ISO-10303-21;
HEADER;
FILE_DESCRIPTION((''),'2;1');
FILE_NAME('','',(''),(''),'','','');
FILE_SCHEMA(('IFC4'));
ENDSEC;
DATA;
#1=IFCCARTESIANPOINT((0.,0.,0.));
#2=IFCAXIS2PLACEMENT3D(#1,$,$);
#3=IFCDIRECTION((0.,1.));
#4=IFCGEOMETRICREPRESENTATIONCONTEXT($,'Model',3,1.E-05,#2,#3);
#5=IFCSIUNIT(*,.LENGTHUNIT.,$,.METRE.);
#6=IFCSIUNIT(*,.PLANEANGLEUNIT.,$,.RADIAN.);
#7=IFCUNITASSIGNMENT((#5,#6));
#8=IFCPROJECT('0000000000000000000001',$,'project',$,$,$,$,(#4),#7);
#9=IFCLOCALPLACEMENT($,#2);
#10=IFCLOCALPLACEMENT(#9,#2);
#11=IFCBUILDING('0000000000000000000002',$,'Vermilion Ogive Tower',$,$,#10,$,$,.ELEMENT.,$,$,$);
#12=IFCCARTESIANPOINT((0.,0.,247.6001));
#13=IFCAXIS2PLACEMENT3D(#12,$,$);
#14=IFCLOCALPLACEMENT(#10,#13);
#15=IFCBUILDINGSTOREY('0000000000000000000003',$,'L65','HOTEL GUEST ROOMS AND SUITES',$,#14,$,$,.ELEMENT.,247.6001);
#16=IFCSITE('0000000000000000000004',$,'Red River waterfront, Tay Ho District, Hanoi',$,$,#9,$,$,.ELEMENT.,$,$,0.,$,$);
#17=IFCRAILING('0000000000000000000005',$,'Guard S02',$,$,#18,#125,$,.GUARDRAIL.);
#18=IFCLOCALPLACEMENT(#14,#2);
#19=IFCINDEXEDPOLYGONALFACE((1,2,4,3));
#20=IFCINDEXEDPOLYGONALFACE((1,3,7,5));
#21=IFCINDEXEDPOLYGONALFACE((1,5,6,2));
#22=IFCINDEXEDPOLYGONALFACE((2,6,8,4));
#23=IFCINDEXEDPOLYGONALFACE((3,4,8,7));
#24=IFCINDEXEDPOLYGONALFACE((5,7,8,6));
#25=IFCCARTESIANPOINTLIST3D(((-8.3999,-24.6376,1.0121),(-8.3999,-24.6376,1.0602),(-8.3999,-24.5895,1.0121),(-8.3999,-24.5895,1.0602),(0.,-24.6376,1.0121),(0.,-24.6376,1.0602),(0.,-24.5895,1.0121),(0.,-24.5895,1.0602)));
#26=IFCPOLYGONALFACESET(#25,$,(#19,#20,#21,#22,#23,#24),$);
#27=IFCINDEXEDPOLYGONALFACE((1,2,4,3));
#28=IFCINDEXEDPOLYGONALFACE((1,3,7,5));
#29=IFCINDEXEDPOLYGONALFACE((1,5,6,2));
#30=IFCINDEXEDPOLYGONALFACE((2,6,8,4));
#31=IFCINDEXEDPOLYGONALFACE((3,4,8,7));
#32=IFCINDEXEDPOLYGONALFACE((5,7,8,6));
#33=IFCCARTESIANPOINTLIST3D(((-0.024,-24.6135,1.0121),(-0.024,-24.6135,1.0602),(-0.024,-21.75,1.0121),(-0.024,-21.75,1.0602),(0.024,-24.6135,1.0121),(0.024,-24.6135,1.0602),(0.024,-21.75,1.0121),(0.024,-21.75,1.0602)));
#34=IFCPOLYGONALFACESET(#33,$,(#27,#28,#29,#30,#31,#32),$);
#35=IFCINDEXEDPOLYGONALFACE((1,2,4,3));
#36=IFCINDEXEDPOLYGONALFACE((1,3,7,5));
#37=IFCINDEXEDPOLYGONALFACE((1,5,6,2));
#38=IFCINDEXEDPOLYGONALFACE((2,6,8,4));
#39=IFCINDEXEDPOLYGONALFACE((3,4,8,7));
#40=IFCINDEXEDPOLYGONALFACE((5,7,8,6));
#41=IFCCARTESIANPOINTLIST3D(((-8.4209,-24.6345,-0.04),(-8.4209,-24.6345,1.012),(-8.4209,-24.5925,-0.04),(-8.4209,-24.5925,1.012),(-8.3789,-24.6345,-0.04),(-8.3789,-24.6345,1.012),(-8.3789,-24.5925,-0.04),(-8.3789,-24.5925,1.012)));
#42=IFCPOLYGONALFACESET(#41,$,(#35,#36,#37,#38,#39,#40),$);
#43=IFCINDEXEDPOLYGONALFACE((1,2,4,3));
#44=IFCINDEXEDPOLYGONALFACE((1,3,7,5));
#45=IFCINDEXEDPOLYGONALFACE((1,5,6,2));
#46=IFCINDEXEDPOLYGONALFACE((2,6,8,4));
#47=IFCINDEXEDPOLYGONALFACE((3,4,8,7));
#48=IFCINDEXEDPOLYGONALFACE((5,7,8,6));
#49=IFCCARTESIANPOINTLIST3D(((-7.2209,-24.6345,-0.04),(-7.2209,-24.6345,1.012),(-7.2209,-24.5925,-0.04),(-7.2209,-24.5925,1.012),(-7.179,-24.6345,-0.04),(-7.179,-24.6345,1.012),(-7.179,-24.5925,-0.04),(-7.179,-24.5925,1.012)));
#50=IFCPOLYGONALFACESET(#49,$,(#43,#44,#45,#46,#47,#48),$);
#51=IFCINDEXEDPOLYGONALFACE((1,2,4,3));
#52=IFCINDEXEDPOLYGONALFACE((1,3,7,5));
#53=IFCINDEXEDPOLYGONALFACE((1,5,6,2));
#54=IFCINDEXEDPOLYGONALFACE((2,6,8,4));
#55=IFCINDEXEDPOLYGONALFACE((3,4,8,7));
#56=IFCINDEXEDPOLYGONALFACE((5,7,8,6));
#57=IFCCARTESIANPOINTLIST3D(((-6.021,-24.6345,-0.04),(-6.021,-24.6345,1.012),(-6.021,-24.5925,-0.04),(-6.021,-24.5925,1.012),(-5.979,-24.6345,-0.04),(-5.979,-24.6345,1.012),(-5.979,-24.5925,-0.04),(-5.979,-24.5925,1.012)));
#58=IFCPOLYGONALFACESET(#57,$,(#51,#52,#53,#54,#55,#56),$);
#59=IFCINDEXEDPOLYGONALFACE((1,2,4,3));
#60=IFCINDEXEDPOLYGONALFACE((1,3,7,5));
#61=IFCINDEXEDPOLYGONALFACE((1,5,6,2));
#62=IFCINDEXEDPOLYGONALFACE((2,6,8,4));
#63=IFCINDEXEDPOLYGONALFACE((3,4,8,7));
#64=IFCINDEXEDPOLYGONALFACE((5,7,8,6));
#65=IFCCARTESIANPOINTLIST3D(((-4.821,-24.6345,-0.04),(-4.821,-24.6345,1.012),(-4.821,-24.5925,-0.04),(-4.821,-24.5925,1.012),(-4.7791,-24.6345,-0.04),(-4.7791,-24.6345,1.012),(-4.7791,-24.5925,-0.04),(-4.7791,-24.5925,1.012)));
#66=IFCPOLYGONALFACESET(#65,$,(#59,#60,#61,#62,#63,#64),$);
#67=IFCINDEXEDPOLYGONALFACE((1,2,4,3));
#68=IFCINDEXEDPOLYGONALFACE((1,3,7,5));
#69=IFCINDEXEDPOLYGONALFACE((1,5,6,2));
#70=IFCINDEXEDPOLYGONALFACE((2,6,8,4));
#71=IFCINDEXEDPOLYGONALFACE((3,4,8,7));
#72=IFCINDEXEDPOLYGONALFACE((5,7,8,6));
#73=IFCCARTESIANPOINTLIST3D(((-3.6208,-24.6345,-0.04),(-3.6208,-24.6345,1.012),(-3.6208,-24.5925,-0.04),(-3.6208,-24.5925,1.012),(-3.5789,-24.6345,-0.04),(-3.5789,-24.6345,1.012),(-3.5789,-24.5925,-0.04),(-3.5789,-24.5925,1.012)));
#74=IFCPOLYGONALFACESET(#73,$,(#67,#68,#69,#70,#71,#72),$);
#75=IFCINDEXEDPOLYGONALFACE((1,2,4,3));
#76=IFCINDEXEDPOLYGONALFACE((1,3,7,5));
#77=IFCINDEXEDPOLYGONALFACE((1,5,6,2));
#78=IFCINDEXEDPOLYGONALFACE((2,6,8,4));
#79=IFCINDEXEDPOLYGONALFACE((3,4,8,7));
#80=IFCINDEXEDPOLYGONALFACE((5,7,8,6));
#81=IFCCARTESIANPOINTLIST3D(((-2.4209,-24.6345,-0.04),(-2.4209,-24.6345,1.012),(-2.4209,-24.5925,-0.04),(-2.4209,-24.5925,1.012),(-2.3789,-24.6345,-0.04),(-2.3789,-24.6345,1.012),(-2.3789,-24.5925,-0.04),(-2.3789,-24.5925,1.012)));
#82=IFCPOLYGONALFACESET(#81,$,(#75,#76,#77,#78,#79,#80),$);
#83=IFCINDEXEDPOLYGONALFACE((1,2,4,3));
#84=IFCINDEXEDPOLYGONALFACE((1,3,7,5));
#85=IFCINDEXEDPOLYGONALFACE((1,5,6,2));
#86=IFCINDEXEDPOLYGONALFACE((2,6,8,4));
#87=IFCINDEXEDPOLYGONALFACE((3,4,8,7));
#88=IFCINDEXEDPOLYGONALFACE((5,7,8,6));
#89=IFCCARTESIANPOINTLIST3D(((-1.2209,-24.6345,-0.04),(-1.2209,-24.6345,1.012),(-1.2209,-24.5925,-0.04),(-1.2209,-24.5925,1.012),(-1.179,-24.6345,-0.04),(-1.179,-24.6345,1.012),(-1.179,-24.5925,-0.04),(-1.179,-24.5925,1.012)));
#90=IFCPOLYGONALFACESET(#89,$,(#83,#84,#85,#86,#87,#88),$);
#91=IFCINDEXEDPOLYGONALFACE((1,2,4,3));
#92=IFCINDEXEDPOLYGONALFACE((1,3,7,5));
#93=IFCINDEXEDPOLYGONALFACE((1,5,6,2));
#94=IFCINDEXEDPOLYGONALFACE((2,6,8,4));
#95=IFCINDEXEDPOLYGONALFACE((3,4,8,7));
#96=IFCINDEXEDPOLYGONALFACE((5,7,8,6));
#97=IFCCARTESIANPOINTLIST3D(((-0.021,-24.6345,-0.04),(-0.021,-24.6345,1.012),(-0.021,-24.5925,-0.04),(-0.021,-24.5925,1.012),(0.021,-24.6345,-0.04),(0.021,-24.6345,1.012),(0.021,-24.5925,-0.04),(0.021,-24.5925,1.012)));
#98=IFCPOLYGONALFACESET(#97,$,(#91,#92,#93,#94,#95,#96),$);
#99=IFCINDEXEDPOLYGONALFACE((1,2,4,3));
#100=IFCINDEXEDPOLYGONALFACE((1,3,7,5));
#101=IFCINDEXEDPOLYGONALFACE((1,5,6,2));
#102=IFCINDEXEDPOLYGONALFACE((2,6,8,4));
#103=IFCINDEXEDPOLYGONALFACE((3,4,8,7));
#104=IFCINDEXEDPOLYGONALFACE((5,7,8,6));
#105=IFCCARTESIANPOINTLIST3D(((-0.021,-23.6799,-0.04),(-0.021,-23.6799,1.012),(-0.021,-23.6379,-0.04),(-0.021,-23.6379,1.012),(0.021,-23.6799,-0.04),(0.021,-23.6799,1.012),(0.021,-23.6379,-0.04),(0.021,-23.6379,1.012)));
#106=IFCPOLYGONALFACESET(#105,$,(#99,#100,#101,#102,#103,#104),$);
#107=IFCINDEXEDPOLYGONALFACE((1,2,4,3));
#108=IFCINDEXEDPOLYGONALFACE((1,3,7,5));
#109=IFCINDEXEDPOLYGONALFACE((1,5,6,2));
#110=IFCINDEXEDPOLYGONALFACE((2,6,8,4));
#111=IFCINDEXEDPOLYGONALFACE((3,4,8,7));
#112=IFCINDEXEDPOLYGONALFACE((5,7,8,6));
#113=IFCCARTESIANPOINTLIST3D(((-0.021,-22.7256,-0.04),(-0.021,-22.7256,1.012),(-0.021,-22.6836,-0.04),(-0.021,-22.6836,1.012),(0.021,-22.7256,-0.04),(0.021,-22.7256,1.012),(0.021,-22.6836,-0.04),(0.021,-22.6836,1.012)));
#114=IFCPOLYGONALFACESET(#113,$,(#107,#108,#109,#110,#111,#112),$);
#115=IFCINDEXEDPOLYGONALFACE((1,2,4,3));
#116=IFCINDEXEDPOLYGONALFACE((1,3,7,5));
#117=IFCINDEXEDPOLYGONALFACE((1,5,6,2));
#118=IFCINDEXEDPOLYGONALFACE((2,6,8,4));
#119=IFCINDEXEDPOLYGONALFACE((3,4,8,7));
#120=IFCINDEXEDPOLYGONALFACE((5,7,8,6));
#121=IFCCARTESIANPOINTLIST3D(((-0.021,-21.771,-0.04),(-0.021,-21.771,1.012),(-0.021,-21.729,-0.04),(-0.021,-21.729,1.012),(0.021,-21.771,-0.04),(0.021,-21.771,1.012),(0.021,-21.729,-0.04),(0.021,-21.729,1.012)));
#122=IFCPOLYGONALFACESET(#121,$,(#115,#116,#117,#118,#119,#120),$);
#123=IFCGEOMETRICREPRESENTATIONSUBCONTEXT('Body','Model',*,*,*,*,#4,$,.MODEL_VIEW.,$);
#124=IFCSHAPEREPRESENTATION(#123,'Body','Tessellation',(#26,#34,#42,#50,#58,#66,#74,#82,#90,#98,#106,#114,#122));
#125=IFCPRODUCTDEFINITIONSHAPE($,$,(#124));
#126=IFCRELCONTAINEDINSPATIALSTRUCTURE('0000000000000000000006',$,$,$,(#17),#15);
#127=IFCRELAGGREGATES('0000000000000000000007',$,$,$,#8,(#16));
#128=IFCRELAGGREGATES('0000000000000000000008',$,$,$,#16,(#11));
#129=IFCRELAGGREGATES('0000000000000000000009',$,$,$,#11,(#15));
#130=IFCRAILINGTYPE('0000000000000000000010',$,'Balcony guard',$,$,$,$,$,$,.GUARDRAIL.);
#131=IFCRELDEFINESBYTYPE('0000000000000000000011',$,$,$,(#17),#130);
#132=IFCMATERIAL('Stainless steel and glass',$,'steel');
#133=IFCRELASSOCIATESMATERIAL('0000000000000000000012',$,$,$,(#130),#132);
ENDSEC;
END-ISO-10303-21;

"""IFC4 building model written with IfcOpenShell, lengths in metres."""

from ifc_helpers import new_model, si_unit, direction, frame, origin, origin_2d, place, context, subcontext, project, spatial, rectangle, extrude, material, type_object, element, save


model = new_model("IFC4")

# Units and contexts
model_context = context("Model", 3, precision=1e-05, world=origin(), true_north=direction((0.0, 1.0)))
body_context = subcontext(model_context, "Body", "Model", "MODEL_VIEW")
ifc_project = project(units=[si_unit("LENGTHUNIT", "METRE"), si_unit("PLANEANGLEUNIT", "RADIAN")], contexts=[model_context])

# Site, building, storey
site_placement = place(None, origin())
site = spatial("IfcSite", under=ifc_project, at=site_placement, Name="Red River waterfront, Tay Ho District, Hanoi", CompositionType="ELEMENT", RefElevation=0.0)
building_placement = place(site_placement, origin())
building = spatial("IfcBuilding", under=site, at=building_placement, Name="Vermilion Ogive Tower", CompositionType="ELEMENT")
storey_placement = place(building_placement, frame((0.0, 0.0, 247.6001)))
storey = spatial("IfcBuildingStorey", under=building, at=storey_placement, Name="L65", Description="HOTEL GUEST ROOMS AND SUITES", CompositionType="ELEMENT", Elevation=247.6001)

# Railing
ifc_material_1 = material(Name="Stainless steel and glass", Category="steel")
railing_type_1 = type_object("IfcRailingType", Name="Balcony guard", PredefinedType="GUARDRAIL", material=ifc_material_1)
railing_1_placement = place(storey_placement, frame((-8.3999, -24.6135, -0.04)))
element("IfcRailing", 1, at=railing_1_placement, inside=storey, type_object=railing_type_1, Name="Guard S02", PredefinedType="GUARDRAIL", context=body_context, shape_type="SweptSolid", body=[
    extrude(rectangle(XDim=0.0481, YDim=0.0481, at=origin_2d()), frame((0.0, 0.0, 1.0762), z_axis=(1.0, 0.0, 0.0), x_axis=(0.0, 1.0, 0.0)), (0.0, 0.0, 1.0), 8.3999),
    extrude(rectangle(XDim=0.0481, YDim=0.0481, at=origin_2d()), frame((8.3999, 0.0, 1.0762), z_axis=(0.0, 1.0, 0.0), x_axis=(-1.0, 0.0, 0.0)), (0.0, 0.0, 1.0), 2.8635),
    extrude(rectangle(XDim=0.042, YDim=0.042, at=origin_2d()), origin(), (0.0, 0.0, 1.0), 1.052),
    extrude(rectangle(XDim=0.042, YDim=0.042, at=origin_2d()), frame((1.2, 0.0, 0.0)), (0.0, 0.0, 1.0), 1.052),
    extrude(rectangle(XDim=0.042, YDim=0.042, at=origin_2d()), frame((2.3999, 0.0, 0.0)), (0.0, 0.0, 1.0), 1.052),
    extrude(rectangle(XDim=0.042, YDim=0.042, at=origin_2d()), frame((3.5999, 0.0, 0.0)), (0.0, 0.0, 1.0), 1.052),
    extrude(rectangle(XDim=0.042, YDim=0.042, at=origin_2d()), frame((4.8, 0.0, 0.0)), (0.0, 0.0, 1.0), 1.052),
    extrude(rectangle(XDim=0.042, YDim=0.042, at=origin_2d()), frame((6.0, 0.0, 0.0)), (0.0, 0.0, 1.0), 1.052),
    extrude(rectangle(XDim=0.042, YDim=0.042, at=origin_2d()), frame((7.2, 0.0, 0.0)), (0.0, 0.0, 1.0), 1.052),
    extrude(rectangle(XDim=0.042, YDim=0.042, at=origin_2d()), frame((8.3999, 0.0, 0.0)), (0.0, 0.0, 1.0), 1.052),
    extrude(rectangle(XDim=0.042, YDim=0.042, at=origin_2d()), frame((8.3999, 0.9546, 0.0)), (0.0, 0.0, 1.0), 1.052),
    extrude(rectangle(XDim=0.042, YDim=0.042, at=origin_2d()), frame((8.3999, 1.9089, 0.0)), (0.0, 0.0, 1.0), 1.052),
    extrude(rectangle(XDim=0.042, YDim=0.042, at=origin_2d()), frame((8.3999, 2.8635, 0.0)), (0.0, 0.0, 1.0), 1.052),
])

save(model, "model.ifc")
